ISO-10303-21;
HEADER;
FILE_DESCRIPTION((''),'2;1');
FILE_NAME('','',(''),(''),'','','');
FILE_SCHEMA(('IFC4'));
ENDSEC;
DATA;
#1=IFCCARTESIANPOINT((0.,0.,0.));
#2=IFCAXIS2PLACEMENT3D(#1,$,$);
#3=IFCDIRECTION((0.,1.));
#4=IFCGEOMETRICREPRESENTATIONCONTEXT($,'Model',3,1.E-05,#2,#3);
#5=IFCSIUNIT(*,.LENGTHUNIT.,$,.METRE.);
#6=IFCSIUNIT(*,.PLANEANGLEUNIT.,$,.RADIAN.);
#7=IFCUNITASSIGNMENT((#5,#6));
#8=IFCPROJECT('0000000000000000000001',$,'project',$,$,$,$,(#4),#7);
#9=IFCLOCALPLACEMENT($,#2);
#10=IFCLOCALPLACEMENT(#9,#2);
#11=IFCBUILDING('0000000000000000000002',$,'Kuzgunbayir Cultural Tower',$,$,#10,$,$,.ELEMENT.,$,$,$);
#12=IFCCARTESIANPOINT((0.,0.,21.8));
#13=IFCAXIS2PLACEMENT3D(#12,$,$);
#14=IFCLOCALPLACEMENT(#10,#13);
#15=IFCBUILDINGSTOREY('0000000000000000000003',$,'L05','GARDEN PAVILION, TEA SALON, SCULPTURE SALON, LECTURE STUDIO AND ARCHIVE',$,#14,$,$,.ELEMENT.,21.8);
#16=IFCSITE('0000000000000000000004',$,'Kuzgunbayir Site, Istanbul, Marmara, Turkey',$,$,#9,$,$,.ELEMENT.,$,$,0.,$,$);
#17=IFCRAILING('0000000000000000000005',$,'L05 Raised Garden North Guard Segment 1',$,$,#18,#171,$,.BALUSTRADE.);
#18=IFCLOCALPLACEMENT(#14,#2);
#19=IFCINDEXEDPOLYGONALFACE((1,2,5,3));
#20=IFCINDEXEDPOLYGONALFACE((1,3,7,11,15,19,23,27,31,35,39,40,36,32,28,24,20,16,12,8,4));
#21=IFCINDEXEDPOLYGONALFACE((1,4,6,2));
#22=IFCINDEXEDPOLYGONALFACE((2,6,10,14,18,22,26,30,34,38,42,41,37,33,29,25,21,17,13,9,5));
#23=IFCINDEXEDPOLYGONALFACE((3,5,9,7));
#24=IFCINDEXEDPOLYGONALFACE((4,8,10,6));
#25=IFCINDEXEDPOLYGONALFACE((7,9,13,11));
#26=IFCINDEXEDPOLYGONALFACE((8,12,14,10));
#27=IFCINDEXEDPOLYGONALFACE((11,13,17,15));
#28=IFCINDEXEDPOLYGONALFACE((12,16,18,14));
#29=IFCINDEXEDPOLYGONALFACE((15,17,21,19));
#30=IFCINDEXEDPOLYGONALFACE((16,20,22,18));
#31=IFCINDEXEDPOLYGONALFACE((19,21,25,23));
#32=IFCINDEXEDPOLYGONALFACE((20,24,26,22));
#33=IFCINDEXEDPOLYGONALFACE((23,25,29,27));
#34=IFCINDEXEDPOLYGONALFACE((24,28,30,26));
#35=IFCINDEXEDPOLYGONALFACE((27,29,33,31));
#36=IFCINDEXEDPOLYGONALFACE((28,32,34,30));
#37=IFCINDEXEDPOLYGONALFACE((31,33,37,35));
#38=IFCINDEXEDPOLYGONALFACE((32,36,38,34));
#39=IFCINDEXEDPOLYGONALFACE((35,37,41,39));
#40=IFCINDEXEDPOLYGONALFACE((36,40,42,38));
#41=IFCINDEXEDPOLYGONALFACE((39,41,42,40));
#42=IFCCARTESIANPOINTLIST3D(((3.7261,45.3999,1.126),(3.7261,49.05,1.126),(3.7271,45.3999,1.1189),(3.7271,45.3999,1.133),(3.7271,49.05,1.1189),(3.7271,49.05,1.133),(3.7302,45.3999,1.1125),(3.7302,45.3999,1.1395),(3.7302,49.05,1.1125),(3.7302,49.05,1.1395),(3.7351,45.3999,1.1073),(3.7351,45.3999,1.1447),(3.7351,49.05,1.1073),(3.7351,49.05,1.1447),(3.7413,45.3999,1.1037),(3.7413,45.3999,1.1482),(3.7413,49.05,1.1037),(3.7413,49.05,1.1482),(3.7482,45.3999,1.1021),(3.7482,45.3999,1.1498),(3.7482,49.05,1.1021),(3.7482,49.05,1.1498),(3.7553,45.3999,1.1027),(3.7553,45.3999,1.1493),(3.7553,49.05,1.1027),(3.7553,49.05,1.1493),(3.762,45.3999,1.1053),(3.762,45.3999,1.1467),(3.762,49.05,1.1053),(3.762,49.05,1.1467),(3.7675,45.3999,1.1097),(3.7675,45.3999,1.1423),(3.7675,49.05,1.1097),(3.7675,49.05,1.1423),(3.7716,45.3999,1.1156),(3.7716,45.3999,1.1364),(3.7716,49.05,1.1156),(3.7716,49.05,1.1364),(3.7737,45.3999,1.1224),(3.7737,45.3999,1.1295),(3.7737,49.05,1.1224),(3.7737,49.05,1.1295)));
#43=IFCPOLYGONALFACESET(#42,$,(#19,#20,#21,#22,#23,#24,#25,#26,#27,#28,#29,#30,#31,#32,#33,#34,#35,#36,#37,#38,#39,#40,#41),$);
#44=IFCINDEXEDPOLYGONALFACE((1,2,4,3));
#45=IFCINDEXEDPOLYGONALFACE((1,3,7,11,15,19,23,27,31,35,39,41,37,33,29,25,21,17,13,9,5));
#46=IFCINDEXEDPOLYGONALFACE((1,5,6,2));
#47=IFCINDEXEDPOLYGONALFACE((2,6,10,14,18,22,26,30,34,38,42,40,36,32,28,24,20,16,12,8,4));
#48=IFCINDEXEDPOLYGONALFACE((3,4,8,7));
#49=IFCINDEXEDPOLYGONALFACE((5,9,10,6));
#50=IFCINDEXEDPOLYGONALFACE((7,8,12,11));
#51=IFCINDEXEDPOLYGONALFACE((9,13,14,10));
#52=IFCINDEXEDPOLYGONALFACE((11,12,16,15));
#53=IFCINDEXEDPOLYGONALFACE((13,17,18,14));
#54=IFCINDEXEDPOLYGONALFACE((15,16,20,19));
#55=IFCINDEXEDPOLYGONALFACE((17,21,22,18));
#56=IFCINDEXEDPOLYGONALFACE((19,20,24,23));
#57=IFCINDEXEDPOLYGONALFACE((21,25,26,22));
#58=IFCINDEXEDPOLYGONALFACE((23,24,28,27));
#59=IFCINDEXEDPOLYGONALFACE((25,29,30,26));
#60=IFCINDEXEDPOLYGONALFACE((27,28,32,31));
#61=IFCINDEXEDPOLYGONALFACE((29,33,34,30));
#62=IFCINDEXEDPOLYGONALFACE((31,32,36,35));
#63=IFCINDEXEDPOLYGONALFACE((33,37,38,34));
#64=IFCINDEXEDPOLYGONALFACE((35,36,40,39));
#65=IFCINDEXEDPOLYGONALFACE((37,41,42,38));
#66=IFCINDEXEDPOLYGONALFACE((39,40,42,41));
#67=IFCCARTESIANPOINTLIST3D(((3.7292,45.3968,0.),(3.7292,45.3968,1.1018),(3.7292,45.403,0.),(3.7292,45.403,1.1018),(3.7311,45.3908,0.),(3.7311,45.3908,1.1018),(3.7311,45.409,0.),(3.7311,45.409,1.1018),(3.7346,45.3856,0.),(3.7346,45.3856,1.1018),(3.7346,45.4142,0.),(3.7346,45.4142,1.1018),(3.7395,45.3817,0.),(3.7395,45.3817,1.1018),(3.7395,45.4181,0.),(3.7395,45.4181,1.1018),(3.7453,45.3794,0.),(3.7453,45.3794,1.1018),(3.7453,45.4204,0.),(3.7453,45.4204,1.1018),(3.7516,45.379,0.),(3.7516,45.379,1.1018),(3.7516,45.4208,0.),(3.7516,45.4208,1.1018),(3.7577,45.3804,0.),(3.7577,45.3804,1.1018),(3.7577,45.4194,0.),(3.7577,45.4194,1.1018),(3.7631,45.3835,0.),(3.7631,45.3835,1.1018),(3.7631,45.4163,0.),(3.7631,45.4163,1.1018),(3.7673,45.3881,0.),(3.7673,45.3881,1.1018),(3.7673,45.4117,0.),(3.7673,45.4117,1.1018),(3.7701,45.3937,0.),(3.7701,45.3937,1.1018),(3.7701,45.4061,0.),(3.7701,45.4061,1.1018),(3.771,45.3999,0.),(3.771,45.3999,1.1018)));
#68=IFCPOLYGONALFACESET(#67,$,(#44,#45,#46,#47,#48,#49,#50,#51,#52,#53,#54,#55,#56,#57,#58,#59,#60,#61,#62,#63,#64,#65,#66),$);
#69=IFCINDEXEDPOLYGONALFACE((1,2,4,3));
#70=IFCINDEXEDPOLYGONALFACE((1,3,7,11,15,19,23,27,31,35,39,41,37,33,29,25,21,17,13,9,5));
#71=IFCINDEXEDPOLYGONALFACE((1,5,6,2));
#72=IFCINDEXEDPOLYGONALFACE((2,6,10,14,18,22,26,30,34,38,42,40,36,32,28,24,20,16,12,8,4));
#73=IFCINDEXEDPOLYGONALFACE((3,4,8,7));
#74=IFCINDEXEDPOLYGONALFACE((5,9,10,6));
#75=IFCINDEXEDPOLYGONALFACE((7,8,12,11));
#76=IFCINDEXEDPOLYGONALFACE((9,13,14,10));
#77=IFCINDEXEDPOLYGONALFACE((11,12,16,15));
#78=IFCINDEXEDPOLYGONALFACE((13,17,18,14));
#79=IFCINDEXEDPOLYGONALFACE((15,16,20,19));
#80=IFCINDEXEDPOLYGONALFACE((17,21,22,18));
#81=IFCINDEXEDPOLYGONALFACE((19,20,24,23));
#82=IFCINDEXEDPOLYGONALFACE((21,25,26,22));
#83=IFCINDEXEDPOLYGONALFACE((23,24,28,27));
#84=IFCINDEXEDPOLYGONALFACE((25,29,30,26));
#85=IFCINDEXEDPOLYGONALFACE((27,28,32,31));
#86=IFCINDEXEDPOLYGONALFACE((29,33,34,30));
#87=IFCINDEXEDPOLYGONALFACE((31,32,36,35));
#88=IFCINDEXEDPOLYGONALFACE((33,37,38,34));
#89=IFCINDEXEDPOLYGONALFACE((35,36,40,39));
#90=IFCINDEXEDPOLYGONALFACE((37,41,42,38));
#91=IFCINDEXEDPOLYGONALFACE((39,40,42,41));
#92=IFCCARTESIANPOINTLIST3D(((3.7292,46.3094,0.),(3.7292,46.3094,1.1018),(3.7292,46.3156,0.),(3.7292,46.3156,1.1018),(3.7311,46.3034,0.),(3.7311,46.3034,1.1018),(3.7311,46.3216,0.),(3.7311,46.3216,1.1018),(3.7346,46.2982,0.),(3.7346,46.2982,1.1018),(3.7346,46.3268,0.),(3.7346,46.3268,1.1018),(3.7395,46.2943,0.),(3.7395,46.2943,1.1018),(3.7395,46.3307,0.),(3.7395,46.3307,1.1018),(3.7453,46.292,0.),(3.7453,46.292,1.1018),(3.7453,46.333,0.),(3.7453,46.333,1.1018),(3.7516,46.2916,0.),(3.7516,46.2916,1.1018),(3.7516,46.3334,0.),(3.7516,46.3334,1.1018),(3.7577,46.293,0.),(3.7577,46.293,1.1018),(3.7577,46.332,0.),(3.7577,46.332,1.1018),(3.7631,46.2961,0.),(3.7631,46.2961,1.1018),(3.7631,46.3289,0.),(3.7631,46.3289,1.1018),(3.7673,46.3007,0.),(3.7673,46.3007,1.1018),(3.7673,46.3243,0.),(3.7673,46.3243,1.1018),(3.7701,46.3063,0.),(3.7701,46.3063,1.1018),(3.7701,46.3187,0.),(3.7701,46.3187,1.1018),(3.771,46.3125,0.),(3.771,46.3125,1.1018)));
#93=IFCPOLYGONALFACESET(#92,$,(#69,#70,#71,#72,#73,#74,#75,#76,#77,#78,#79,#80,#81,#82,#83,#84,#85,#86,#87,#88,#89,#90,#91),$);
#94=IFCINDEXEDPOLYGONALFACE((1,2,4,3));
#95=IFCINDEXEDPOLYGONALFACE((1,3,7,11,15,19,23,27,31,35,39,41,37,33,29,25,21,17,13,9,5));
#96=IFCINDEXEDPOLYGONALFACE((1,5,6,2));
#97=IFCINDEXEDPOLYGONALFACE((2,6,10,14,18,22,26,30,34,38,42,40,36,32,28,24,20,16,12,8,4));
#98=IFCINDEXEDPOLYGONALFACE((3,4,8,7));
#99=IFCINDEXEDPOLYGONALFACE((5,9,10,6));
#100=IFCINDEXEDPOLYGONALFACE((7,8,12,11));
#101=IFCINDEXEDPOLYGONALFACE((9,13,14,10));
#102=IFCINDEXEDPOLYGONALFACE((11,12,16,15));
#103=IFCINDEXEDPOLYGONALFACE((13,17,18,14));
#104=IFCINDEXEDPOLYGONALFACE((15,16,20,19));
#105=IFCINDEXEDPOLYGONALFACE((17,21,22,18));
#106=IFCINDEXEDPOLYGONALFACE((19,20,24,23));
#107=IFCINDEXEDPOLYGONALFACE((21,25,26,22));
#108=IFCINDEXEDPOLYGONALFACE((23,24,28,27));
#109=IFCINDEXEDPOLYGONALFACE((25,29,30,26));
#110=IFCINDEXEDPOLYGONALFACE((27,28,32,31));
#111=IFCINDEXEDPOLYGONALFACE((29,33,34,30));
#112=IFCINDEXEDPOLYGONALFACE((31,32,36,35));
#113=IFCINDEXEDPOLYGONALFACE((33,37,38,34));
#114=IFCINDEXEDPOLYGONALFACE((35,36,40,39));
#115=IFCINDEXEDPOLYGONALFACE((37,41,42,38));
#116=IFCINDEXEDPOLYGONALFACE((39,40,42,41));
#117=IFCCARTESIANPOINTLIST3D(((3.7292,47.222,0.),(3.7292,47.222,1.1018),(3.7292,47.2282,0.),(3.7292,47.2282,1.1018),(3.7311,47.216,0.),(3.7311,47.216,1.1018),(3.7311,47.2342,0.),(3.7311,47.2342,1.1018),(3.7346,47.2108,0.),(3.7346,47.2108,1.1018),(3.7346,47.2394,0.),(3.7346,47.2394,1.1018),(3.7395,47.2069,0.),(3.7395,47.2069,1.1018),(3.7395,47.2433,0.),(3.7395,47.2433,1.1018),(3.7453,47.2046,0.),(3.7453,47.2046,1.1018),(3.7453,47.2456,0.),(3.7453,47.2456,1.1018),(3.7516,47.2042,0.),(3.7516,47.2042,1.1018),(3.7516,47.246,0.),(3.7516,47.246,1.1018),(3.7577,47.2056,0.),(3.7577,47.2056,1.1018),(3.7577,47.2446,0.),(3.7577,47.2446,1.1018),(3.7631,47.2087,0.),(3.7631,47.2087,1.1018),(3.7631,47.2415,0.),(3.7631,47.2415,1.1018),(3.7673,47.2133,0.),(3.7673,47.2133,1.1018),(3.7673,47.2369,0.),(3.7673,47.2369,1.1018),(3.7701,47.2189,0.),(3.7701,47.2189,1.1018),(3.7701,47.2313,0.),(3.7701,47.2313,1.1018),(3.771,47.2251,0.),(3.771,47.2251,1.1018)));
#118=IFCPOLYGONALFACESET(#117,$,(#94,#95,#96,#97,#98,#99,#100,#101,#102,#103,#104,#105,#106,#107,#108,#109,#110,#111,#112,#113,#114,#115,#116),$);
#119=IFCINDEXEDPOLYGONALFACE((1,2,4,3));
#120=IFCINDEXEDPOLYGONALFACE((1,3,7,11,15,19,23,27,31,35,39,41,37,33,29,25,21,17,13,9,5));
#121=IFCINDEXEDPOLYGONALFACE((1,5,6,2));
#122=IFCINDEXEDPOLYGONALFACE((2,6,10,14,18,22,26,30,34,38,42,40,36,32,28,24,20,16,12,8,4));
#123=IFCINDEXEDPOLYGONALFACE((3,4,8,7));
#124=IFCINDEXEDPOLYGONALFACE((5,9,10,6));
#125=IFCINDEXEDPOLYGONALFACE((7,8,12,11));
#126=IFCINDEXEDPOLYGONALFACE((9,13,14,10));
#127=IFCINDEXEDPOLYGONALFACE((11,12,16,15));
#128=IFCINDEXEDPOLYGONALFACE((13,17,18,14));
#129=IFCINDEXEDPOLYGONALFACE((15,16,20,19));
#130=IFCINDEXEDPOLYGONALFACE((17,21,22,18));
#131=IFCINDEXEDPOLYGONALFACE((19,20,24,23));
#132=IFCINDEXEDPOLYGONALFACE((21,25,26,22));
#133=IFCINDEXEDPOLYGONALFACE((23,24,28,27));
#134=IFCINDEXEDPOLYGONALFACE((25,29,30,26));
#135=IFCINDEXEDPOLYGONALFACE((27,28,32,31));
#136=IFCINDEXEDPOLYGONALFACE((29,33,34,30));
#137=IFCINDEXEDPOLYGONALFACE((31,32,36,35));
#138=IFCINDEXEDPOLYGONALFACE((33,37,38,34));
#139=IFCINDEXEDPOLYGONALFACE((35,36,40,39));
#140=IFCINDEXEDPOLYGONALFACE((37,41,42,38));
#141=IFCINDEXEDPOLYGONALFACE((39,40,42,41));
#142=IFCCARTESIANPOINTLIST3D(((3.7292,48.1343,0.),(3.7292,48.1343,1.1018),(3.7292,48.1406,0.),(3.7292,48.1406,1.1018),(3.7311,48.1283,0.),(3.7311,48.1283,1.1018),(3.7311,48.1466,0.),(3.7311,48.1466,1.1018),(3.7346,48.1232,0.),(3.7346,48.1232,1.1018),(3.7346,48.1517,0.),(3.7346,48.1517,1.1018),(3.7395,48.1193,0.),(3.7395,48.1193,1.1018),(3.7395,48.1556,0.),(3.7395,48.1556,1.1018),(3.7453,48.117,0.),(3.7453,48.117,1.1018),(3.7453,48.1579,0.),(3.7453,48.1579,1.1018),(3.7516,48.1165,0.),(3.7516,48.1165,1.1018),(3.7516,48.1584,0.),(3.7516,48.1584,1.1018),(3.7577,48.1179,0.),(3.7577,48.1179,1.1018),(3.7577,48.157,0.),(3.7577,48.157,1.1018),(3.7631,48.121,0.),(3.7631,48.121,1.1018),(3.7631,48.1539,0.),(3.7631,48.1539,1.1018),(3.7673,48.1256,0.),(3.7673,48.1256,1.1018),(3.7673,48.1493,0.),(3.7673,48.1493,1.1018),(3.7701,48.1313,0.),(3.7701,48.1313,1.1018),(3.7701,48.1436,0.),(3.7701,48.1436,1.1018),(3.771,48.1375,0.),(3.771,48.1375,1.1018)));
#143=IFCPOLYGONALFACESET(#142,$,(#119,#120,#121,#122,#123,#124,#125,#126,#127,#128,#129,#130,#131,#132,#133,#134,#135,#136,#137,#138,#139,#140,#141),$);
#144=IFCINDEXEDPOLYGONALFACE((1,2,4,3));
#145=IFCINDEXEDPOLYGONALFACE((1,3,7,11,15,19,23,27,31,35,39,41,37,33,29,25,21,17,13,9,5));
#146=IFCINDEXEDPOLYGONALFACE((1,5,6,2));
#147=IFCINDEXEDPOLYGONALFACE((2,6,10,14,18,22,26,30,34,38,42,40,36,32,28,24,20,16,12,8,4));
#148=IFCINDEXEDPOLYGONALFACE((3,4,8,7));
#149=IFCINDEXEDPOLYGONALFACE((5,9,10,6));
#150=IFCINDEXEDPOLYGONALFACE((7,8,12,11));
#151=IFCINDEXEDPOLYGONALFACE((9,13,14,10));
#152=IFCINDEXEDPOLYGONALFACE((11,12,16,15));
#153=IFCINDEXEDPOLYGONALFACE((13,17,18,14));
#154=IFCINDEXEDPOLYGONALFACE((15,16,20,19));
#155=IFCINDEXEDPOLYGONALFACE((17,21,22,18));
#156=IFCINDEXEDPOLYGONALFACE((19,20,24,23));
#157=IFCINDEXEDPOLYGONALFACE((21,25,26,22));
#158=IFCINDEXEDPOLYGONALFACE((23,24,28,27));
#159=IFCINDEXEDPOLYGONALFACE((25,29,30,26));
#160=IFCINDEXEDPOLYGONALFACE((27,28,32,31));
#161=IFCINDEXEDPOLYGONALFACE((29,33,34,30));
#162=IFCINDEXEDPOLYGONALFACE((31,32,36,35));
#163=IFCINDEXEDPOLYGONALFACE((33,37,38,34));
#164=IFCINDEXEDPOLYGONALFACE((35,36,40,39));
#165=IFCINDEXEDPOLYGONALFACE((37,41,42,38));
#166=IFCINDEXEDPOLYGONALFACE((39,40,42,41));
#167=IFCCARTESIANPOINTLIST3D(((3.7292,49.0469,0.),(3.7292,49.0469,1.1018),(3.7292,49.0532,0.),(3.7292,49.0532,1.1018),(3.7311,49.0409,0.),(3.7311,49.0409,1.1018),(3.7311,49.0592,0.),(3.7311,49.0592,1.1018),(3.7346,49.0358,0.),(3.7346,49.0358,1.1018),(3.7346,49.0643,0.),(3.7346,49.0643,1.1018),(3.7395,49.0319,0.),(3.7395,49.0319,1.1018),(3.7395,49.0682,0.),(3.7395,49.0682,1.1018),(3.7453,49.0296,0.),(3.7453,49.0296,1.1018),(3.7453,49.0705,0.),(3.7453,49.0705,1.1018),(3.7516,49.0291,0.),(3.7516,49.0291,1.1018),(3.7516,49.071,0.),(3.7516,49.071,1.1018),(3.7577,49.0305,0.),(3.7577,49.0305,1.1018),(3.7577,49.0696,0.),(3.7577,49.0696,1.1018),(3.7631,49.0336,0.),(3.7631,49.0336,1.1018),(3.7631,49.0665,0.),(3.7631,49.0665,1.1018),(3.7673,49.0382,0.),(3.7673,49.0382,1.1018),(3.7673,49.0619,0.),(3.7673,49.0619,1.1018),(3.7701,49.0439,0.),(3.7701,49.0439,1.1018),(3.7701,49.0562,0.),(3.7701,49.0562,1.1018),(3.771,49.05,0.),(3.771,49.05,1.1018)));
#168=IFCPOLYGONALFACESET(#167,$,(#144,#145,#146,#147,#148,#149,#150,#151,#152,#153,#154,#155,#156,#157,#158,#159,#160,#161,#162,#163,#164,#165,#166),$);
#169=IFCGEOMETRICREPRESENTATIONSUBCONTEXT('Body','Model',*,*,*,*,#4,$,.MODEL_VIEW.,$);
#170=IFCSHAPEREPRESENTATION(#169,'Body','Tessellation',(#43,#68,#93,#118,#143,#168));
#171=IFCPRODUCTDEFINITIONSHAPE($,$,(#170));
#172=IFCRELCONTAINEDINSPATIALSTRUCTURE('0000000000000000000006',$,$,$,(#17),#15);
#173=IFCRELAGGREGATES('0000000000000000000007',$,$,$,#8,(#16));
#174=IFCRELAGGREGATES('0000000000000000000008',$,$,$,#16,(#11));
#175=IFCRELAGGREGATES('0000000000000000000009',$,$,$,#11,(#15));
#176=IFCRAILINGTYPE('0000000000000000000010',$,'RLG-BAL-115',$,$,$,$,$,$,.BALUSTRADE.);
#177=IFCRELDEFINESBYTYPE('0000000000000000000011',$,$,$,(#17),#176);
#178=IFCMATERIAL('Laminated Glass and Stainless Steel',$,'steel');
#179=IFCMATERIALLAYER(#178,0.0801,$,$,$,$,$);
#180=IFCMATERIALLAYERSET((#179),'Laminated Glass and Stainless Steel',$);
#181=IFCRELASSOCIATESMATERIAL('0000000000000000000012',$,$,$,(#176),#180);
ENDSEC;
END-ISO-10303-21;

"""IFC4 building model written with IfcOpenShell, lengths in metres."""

from ifc_helpers import new_model, si_unit, direction, frame, origin, origin_2d, place, context, subcontext, project, spatial, circle, extrude, material, layer, layer_set, type_object, element, save


model = new_model("IFC4")

# Units and contexts
model_context = context("Model", 3, precision=1e-05, world=origin(), true_north=direction((0.0, 1.0)))
body_context = subcontext(model_context, "Body", "Model", "MODEL_VIEW")
ifc_project = project(units=[si_unit("LENGTHUNIT", "METRE"), si_unit("PLANEANGLEUNIT", "RADIAN")], contexts=[model_context])

# Site, building, storey
site_placement = place(None, origin())
site = spatial("IfcSite", under=ifc_project, at=site_placement, Name="Kuzgunbayir Site, Istanbul, Marmara, Turkey", CompositionType="ELEMENT", RefElevation=0.0)
building_placement = place(site_placement, origin())
building = spatial("IfcBuilding", under=site, at=building_placement, Name="Kuzgunbayir Cultural Tower", CompositionType="ELEMENT")
storey_placement = place(building_placement, frame((0.0, 0.0, 21.8)))
storey = spatial("IfcBuildingStorey", under=building, at=storey_placement, Name="L05", Description="GARDEN PAVILION, TEA SALON, SCULPTURE SALON, LECTURE STUDIO AND ARCHIVE", CompositionType="ELEMENT", Elevation=21.8)

# Railing
ifc_material_1 = material(Name="Laminated Glass and Stainless Steel", Category="steel")
ifc_layer_1 = layer(ifc_material_1, 0.0801)
ifc_layer_set_1 = layer_set([ifc_layer_1], Name="Laminated Glass and Stainless Steel")
railing_type_1 = type_object("IfcRailingType", Name="RLG-BAL-115", PredefinedType="BALUSTRADE", material=ifc_layer_set_1)
railing_1_placement = place(storey_placement, frame((3.75, 45.3999, 0.0)))
element("IfcRailing", 1, at=railing_1_placement, inside=storey, type_object=railing_type_1, Name="L05 Raised Garden North Guard Segment 1", PredefinedType="BALUSTRADE", context=body_context, shape_type="SweptSolid", body=[
    extrude(circle(Radius=0.0239, at=origin_2d()), frame((0.0, 0.0, 1.126), z_axis=(0.0, 1.0, 0.0), x_axis=(-1.0, 0.0, 0.0)), (0.0, 0.0, 1.0), 3.6501),
    extrude(circle(Radius=0.021, at=origin_2d()), origin(), (0.0, 0.0, 1.0), 1.1018),
    extrude(circle(Radius=0.021, at=origin_2d()), frame((0.0, 0.9126, 0.0)), (0.0, 0.0, 1.0), 1.1018),
    extrude(circle(Radius=0.021, at=origin_2d()), frame((0.0, 1.8252, 0.0)), (0.0, 0.0, 1.0), 1.1018),
    extrude(circle(Radius=0.021, at=origin_2d()), frame((0.0, 2.7375, 0.0)), (0.0, 0.0, 1.0), 1.1018),
    extrude(circle(Radius=0.021, at=origin_2d()), frame((0.0, 3.6501, 0.0)), (0.0, 0.0, 1.0), 1.1018),
])

save(model, "model.ifc")
